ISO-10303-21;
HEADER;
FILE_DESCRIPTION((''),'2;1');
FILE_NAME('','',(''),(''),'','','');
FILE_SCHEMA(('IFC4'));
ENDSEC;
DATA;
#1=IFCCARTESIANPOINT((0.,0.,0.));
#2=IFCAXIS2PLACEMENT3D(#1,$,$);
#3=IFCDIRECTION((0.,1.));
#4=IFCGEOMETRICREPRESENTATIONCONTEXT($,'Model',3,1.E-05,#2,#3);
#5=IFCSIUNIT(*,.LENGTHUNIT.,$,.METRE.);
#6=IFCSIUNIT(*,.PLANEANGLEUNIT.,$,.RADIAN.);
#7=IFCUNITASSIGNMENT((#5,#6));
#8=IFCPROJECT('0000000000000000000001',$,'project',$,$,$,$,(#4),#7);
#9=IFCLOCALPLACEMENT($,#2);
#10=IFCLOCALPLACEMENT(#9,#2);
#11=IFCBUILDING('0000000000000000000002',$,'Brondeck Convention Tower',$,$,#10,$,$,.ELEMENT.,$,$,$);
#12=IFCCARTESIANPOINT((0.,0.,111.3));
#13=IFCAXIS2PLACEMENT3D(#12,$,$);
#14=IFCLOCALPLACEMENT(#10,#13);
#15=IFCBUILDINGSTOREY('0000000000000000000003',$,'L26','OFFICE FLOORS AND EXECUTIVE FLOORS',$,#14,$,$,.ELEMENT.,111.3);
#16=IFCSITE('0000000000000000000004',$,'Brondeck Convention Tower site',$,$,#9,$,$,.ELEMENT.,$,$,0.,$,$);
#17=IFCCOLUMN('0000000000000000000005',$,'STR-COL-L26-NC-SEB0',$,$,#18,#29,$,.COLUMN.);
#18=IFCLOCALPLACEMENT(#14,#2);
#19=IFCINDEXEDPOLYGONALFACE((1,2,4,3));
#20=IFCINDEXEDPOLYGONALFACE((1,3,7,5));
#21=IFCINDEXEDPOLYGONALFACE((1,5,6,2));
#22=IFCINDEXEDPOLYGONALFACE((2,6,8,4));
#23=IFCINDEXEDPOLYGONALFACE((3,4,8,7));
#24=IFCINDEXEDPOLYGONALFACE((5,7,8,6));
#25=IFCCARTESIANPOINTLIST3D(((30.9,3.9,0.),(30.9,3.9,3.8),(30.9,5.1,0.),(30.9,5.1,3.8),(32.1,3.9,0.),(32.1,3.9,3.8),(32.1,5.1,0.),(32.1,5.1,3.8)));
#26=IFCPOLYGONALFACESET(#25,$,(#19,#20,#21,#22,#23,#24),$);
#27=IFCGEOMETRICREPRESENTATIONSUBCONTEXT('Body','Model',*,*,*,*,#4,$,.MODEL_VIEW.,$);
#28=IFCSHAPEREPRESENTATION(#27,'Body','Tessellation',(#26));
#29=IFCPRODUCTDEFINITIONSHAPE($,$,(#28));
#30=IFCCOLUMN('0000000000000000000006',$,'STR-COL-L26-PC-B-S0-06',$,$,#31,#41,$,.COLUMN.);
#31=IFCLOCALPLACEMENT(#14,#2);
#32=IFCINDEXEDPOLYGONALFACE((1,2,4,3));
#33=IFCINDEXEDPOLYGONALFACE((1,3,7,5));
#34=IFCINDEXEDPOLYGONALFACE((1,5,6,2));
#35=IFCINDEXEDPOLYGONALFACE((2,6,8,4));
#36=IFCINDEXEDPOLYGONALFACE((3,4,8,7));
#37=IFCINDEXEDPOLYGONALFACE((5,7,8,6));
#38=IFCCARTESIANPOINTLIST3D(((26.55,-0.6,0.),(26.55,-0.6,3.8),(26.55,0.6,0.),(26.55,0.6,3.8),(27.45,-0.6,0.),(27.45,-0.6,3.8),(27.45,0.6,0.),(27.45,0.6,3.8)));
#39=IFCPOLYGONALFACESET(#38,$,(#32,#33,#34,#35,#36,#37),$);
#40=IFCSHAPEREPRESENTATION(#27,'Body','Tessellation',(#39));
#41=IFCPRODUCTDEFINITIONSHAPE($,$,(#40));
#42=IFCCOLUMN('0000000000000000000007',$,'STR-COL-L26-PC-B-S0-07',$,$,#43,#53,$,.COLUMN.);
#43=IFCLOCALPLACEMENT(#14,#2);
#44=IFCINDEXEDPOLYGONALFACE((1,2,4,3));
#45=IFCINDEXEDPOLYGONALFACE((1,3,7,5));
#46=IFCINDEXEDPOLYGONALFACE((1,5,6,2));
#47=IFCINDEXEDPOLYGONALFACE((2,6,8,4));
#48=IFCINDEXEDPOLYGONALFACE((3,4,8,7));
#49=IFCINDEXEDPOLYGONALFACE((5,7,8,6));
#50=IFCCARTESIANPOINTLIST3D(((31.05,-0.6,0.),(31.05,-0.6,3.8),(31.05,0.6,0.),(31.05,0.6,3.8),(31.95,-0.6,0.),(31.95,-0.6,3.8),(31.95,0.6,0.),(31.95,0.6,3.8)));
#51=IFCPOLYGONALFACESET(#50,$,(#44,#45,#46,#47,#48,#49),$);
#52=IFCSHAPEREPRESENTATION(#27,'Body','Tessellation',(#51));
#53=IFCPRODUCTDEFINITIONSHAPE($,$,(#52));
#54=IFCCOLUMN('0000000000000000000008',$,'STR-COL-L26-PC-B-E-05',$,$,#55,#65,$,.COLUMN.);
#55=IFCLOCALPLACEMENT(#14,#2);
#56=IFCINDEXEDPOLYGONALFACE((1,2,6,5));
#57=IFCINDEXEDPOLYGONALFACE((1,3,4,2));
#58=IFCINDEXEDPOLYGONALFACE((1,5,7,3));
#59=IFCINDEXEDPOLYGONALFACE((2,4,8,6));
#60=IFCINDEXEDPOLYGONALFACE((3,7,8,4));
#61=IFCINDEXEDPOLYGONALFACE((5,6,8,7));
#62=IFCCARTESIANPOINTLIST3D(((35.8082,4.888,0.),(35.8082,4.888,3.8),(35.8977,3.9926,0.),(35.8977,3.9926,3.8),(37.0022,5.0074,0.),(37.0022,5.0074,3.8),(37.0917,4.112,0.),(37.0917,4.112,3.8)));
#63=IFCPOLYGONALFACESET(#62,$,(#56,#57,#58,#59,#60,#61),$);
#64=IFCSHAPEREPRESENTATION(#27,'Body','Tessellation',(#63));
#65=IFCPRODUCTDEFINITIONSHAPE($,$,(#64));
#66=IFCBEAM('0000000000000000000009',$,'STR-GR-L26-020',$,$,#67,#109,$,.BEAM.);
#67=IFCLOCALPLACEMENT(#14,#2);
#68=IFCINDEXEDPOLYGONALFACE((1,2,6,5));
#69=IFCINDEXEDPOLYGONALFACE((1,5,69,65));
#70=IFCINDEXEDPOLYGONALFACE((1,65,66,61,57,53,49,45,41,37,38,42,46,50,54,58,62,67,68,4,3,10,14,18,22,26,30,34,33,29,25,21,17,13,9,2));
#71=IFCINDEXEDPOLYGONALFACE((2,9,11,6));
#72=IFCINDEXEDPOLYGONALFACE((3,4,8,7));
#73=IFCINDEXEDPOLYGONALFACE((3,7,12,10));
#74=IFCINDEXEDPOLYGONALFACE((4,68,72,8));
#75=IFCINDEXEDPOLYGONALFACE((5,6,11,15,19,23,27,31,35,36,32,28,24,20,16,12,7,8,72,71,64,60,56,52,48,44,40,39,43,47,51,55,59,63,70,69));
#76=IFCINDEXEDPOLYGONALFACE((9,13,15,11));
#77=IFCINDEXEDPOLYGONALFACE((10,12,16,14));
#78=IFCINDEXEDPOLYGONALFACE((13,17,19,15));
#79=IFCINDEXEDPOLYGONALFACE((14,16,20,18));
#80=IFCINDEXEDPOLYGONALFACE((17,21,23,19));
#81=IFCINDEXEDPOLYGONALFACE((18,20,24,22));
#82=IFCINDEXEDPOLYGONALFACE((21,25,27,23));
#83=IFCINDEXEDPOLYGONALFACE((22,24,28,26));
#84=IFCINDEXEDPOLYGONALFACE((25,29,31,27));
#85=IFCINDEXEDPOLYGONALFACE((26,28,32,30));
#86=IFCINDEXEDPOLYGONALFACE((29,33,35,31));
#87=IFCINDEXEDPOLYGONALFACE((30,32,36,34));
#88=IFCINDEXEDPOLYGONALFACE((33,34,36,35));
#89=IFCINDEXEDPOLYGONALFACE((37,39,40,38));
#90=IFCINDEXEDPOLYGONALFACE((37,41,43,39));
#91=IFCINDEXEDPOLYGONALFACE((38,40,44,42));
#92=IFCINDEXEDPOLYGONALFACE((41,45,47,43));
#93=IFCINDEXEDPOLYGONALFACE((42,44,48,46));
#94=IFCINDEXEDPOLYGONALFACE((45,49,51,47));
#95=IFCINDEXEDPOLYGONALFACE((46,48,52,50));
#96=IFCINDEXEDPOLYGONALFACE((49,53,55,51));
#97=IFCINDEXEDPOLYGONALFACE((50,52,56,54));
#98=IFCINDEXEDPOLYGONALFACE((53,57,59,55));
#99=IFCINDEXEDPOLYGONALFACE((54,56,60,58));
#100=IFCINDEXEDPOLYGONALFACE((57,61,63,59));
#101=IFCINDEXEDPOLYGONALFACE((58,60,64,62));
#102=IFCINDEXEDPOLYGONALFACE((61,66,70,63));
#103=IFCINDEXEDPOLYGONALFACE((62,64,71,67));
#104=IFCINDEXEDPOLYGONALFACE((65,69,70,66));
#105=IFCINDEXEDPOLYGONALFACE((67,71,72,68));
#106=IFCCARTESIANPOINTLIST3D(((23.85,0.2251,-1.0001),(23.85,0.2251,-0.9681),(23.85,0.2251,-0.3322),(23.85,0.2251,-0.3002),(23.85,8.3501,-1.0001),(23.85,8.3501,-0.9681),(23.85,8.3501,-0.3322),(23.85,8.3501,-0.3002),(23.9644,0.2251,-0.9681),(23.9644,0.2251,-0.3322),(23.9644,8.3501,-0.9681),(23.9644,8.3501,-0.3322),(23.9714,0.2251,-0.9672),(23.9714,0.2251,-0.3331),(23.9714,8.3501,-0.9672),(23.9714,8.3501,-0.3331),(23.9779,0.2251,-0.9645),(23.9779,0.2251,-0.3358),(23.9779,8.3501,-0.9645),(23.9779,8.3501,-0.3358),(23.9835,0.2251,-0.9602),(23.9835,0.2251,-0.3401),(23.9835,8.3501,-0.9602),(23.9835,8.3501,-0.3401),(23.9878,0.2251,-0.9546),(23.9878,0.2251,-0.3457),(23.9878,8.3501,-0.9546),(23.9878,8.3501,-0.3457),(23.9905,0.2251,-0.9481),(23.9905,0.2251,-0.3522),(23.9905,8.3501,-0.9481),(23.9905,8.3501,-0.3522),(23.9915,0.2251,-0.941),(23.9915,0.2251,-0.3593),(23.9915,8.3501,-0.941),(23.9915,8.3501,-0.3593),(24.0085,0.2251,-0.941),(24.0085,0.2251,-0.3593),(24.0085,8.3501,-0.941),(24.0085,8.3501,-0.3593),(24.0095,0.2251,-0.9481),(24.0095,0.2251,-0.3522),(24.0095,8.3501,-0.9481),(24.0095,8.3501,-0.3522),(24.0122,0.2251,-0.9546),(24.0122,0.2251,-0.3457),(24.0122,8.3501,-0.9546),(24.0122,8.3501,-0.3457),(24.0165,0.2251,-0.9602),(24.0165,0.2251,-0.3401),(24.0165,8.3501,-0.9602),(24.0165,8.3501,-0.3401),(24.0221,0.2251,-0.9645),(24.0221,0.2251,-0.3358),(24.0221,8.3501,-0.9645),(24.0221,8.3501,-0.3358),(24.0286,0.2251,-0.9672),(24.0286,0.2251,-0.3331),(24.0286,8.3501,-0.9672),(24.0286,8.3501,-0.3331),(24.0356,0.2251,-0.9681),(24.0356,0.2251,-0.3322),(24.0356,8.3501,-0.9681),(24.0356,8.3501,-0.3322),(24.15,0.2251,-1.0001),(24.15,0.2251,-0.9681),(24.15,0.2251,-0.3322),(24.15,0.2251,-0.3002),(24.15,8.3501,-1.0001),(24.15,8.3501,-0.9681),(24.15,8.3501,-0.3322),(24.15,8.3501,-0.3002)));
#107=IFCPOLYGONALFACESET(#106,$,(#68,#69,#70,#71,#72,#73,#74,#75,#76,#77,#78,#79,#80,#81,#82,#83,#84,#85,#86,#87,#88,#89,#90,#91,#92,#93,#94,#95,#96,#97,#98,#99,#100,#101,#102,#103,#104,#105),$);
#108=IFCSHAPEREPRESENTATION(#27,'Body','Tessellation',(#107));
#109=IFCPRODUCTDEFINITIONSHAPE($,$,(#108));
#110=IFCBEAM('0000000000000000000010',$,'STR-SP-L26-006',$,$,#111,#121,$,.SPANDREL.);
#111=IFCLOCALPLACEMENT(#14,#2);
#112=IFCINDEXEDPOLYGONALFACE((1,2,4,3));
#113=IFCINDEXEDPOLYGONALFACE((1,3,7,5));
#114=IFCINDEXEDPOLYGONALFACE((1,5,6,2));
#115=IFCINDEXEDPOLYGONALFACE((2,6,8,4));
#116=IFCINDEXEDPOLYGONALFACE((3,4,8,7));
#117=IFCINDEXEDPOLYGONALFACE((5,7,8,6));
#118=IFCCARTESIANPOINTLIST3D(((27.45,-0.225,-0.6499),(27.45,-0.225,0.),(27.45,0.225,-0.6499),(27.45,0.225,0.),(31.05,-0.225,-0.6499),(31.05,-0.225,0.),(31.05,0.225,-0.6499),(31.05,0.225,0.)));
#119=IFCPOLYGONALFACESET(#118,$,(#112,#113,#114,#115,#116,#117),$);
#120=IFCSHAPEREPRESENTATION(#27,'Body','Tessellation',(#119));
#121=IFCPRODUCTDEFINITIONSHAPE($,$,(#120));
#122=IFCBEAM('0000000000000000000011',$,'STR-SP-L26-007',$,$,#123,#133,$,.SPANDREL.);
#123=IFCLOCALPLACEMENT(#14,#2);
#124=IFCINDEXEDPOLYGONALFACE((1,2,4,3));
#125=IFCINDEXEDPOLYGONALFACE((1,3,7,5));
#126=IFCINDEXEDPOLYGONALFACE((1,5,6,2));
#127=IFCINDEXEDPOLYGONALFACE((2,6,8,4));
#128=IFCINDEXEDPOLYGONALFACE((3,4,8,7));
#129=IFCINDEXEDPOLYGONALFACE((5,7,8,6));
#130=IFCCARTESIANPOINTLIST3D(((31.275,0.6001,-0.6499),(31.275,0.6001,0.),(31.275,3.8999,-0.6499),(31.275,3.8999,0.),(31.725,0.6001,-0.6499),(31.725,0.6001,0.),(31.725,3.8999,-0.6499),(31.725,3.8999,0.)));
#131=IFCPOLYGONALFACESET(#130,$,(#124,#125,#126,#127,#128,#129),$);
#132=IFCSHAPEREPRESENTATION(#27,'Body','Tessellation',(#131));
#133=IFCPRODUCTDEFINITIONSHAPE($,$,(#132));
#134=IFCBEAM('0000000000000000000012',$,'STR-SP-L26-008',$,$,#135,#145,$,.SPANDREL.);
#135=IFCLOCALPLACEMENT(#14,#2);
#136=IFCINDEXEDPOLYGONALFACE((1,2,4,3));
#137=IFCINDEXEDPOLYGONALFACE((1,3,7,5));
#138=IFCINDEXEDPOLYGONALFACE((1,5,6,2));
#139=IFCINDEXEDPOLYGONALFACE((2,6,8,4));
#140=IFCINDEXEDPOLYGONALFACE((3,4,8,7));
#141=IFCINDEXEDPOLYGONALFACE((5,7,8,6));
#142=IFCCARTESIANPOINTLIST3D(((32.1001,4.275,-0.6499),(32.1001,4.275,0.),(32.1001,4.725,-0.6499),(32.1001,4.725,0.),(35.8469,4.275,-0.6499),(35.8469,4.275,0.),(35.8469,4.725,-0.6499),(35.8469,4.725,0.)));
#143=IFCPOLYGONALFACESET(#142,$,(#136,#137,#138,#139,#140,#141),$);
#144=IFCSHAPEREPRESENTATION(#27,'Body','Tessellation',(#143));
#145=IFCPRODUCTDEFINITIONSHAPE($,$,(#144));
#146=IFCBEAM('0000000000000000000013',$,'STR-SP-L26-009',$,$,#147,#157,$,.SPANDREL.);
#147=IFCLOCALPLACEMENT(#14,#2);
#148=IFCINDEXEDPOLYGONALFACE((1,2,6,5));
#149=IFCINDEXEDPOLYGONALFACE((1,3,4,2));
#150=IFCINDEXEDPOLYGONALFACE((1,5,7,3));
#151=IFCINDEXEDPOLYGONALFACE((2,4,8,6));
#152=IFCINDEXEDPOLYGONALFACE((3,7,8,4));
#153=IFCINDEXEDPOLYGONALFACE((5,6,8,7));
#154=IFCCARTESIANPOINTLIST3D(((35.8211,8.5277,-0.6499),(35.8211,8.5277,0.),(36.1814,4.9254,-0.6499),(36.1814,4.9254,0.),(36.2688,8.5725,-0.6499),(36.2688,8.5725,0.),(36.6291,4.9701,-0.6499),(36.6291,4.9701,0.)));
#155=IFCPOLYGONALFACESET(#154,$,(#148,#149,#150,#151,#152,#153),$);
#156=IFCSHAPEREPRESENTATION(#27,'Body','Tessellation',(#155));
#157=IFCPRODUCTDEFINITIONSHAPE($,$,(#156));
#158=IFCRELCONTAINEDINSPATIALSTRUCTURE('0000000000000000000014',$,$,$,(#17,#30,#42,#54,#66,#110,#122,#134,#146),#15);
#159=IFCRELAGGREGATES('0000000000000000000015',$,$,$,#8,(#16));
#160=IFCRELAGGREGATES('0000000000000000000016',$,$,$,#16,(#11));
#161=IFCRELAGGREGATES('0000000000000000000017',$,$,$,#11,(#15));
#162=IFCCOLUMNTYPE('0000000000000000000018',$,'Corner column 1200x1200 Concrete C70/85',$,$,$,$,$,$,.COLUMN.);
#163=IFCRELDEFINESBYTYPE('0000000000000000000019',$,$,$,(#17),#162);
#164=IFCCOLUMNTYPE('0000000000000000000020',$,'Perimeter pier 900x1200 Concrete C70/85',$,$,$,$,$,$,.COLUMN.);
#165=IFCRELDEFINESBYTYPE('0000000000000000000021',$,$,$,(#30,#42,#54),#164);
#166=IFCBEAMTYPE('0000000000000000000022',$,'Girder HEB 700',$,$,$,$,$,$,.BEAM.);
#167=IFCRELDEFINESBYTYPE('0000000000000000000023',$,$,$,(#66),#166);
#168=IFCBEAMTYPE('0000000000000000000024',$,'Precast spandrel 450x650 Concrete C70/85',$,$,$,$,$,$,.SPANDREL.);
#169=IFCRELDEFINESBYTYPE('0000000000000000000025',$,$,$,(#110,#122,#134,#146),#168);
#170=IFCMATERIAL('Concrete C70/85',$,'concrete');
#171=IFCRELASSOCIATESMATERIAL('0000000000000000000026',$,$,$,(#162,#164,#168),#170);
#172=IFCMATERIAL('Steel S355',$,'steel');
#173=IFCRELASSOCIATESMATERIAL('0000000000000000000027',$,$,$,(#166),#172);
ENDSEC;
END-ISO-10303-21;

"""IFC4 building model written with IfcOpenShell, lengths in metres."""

from ifc_helpers import new_model, si_unit, direction, frame, origin, origin_2d, place, context, subcontext, project, spatial, rectangle, i_section, extrude, material, material_profile, profile_set, type_object, element, save


model = new_model("IFC4")

# Units and contexts
model_context = context("Model", 3, precision=1e-05, world=origin(), true_north=direction((0.0, 1.0)))
body_context = subcontext(model_context, "Body", "Model", "MODEL_VIEW")
ifc_project = project(units=[si_unit("LENGTHUNIT", "METRE"), si_unit("PLANEANGLEUNIT", "RADIAN")], contexts=[model_context])

# Site, building, storey
site_placement = place(None, origin())
site = spatial("IfcSite", under=ifc_project, at=site_placement, Name="Brondeck Convention Tower site", CompositionType="ELEMENT", RefElevation=0.0)
building_placement = place(site_placement, origin())
building = spatial("IfcBuilding", under=site, at=building_placement, Name="Brondeck Convention Tower", CompositionType="ELEMENT")
storey_placement = place(building_placement, frame((0.0, 0.0, 111.3)))
storey = spatial("IfcBuildingStorey", under=building, at=storey_placement, Name="L26", Description="OFFICE FLOORS AND EXECUTIVE FLOORS", CompositionType="ELEMENT", Elevation=111.3)

# Columns
ifc_material_1 = material(Name="Concrete C70/85", Category="concrete")
ifc_material_profile_1 = material_profile(ifc_material_1, rectangle(XDim=1.2, YDim=1.2, at=origin_2d()), Name="Corner column 1200x1200 Concrete C70/85")
ifc_profile_set_1 = profile_set([ifc_material_profile_1], Name="Concrete C70/85")
column_type_1 = type_object("IfcColumnType", Name="Corner column 1200x1200 Concrete C70/85", PredefinedType="COLUMN", material=ifc_profile_set_1)
column_placement = place(storey_placement, frame((31.5, 4.5, 0.0), z_axis=(0.0, 0.0, 1.0), x_axis=(1.0, 0.0, 0.0)))
element("IfcColumn", 1, at=column_placement, inside=storey, type_object=column_type_1, Name="STR-COL-L26-NC-SEB0", PredefinedType="COLUMN", context=body_context, shape_type="SweptSolid", body=[
    extrude(rectangle(XDim=1.2, YDim=1.2, at=origin_2d()), origin(), (0.0, 0.0, 1.0), 3.8),
])
ifc_material_profile_2 = material_profile(ifc_material_1, rectangle(XDim=0.8999, YDim=1.2, at=origin_2d()), Name="Perimeter pier 900x1200 Concrete C70/85")
ifc_profile_set_2 = profile_set([ifc_material_profile_2], Name="Concrete C70/85")
column_type_2 = type_object("IfcColumnType", Name="Perimeter pier 900x1200 Concrete C70/85", PredefinedType="COLUMN", material=ifc_profile_set_2)
for number, where, z_axis, x_axis, name in (
    (2, (27.0, 0.0, 0.0), (0.0, 0.0, 1.0), (1.0, 0.0, 0.0), "STR-COL-L26-PC-B-S0-06"),
    (3, (31.5, 0.0, 0.0), (0.0, 0.0, 1.0), (1.0, 0.0, 0.0), "STR-COL-L26-PC-B-S0-07"),
    (4, (36.45, 4.5, 0.0), (0.0, 0.0, 1.0), (-0.099504, 0.995037, 0.0), "STR-COL-L26-PC-B-E-05"),
):
    element("IfcColumn", number, at=place(storey_placement, frame(where, z_axis=z_axis, x_axis=x_axis)), inside=storey, type_object=column_type_2, Name=name, PredefinedType="COLUMN", context=body_context, shape_type="SweptSolid", body=[
        extrude(rectangle(XDim=0.8999, YDim=1.2, at=origin_2d()), origin(), (0.0, 0.0, 1.0), 3.8),
    ])

# Beams
ifc_material_2 = material(Name="Steel S355", Category="steel")
ifc_material_profile_3 = material_profile(ifc_material_2, i_section(OverallWidth=0.3, OverallDepth=0.7, WebThickness=0.0171, FlangeThickness=0.032, FilletRadius=0.0271, at=origin_2d()), Name="HEB 700")
ifc_profile_set_3 = profile_set([ifc_material_profile_3], Name="Steel S355")
beam_type_1 = type_object("IfcBeamType", Name="Girder HEB 700", PredefinedType="BEAM", material=ifc_profile_set_3)
beam_1_placement = place(storey_placement, frame((24.0, 8.3501, -0.6501), z_axis=(0.0, -1.0, 0.0), x_axis=(1.0, 0.0, 0.0)))
element("IfcBeam", 5, at=beam_1_placement, inside=storey, type_object=beam_type_1, Name="STR-GR-L26-020", PredefinedType="BEAM", context=body_context, shape_type="SweptSolid", body=[
    extrude(i_section(OverallWidth=0.3, OverallDepth=0.7, WebThickness=0.0171, FlangeThickness=0.032, FilletRadius=0.0271, at=origin_2d()), origin(), (0.0, 0.0, 1.0), 8.125),
])
ifc_material_profile_4 = material_profile(ifc_material_1, rectangle(XDim=0.45, YDim=0.6499, at=origin_2d()), Name="Precast spandrel 450x650 Concrete C70/85")
ifc_profile_set_4 = profile_set([ifc_material_profile_4], Name="Concrete C70/85")
beam_type_2 = type_object("IfcBeamType", Name="Precast spandrel 450x650 Concrete C70/85", PredefinedType="SPANDREL", material=ifc_profile_set_4)
beam_2_placement = place(storey_placement, frame((27.45, 0.0, -0.325), z_axis=(1.0, 0.0, 0.0), x_axis=(0.0, 1.0, 0.0)))
element("IfcBeam", 6, at=beam_2_placement, inside=storey, type_object=beam_type_2, Name="STR-SP-L26-006", PredefinedType="SPANDREL", context=body_context, shape_type="SweptSolid", body=[
    extrude(rectangle(XDim=0.45, YDim=0.6499, at=origin_2d()), origin(), (0.0, 0.0, 1.0), 3.6001),
])
beam_3_placement = place(storey_placement, frame((31.5, 0.6001, -0.325), z_axis=(0.0, 1.0, 0.0), x_axis=(-1.0, 0.0, 0.0)))
element("IfcBeam", 7, at=beam_3_placement, inside=storey, type_object=beam_type_2, Name="STR-SP-L26-007", PredefinedType="SPANDREL", context=body_context, shape_type="SweptSolid", body=[
    extrude(rectangle(XDim=0.45, YDim=0.6499, at=origin_2d()), origin(), (0.0, 0.0, 1.0), 3.2998),
])
beam_4_placement = place(storey_placement, frame((32.1001, 4.5, -0.325), z_axis=(1.0, 0.0, 0.0), x_axis=(0.0, 1.0, 0.0)))
element("IfcBeam", 8, at=beam_4_placement, inside=storey, type_object=beam_type_2, Name="STR-SP-L26-008", PredefinedType="SPANDREL", context=body_context, shape_type="SweptSolid", body=[
    extrude(rectangle(XDim=0.45, YDim=0.6499, at=origin_2d()), origin(), (0.0, 0.0, 1.0), 3.7468),
])
beam_5_placement = place(storey_placement, frame((36.4053, 4.9478, -0.325), z_axis=(-0.099537, 0.995034, 0.0), x_axis=(-0.995034, -0.099537, 0.0)))
element("IfcBeam", 9, at=beam_5_placement, inside=storey, type_object=beam_type_2, Name="STR-SP-L26-009", PredefinedType="SPANDREL", context=body_context, shape_type="SweptSolid", body=[
    extrude(rectangle(XDim=0.45, YDim=0.6499, at=origin_2d()), origin(), (0.0, 0.0, 1.0), 3.6204),
])

save(model, "model.ifc")
